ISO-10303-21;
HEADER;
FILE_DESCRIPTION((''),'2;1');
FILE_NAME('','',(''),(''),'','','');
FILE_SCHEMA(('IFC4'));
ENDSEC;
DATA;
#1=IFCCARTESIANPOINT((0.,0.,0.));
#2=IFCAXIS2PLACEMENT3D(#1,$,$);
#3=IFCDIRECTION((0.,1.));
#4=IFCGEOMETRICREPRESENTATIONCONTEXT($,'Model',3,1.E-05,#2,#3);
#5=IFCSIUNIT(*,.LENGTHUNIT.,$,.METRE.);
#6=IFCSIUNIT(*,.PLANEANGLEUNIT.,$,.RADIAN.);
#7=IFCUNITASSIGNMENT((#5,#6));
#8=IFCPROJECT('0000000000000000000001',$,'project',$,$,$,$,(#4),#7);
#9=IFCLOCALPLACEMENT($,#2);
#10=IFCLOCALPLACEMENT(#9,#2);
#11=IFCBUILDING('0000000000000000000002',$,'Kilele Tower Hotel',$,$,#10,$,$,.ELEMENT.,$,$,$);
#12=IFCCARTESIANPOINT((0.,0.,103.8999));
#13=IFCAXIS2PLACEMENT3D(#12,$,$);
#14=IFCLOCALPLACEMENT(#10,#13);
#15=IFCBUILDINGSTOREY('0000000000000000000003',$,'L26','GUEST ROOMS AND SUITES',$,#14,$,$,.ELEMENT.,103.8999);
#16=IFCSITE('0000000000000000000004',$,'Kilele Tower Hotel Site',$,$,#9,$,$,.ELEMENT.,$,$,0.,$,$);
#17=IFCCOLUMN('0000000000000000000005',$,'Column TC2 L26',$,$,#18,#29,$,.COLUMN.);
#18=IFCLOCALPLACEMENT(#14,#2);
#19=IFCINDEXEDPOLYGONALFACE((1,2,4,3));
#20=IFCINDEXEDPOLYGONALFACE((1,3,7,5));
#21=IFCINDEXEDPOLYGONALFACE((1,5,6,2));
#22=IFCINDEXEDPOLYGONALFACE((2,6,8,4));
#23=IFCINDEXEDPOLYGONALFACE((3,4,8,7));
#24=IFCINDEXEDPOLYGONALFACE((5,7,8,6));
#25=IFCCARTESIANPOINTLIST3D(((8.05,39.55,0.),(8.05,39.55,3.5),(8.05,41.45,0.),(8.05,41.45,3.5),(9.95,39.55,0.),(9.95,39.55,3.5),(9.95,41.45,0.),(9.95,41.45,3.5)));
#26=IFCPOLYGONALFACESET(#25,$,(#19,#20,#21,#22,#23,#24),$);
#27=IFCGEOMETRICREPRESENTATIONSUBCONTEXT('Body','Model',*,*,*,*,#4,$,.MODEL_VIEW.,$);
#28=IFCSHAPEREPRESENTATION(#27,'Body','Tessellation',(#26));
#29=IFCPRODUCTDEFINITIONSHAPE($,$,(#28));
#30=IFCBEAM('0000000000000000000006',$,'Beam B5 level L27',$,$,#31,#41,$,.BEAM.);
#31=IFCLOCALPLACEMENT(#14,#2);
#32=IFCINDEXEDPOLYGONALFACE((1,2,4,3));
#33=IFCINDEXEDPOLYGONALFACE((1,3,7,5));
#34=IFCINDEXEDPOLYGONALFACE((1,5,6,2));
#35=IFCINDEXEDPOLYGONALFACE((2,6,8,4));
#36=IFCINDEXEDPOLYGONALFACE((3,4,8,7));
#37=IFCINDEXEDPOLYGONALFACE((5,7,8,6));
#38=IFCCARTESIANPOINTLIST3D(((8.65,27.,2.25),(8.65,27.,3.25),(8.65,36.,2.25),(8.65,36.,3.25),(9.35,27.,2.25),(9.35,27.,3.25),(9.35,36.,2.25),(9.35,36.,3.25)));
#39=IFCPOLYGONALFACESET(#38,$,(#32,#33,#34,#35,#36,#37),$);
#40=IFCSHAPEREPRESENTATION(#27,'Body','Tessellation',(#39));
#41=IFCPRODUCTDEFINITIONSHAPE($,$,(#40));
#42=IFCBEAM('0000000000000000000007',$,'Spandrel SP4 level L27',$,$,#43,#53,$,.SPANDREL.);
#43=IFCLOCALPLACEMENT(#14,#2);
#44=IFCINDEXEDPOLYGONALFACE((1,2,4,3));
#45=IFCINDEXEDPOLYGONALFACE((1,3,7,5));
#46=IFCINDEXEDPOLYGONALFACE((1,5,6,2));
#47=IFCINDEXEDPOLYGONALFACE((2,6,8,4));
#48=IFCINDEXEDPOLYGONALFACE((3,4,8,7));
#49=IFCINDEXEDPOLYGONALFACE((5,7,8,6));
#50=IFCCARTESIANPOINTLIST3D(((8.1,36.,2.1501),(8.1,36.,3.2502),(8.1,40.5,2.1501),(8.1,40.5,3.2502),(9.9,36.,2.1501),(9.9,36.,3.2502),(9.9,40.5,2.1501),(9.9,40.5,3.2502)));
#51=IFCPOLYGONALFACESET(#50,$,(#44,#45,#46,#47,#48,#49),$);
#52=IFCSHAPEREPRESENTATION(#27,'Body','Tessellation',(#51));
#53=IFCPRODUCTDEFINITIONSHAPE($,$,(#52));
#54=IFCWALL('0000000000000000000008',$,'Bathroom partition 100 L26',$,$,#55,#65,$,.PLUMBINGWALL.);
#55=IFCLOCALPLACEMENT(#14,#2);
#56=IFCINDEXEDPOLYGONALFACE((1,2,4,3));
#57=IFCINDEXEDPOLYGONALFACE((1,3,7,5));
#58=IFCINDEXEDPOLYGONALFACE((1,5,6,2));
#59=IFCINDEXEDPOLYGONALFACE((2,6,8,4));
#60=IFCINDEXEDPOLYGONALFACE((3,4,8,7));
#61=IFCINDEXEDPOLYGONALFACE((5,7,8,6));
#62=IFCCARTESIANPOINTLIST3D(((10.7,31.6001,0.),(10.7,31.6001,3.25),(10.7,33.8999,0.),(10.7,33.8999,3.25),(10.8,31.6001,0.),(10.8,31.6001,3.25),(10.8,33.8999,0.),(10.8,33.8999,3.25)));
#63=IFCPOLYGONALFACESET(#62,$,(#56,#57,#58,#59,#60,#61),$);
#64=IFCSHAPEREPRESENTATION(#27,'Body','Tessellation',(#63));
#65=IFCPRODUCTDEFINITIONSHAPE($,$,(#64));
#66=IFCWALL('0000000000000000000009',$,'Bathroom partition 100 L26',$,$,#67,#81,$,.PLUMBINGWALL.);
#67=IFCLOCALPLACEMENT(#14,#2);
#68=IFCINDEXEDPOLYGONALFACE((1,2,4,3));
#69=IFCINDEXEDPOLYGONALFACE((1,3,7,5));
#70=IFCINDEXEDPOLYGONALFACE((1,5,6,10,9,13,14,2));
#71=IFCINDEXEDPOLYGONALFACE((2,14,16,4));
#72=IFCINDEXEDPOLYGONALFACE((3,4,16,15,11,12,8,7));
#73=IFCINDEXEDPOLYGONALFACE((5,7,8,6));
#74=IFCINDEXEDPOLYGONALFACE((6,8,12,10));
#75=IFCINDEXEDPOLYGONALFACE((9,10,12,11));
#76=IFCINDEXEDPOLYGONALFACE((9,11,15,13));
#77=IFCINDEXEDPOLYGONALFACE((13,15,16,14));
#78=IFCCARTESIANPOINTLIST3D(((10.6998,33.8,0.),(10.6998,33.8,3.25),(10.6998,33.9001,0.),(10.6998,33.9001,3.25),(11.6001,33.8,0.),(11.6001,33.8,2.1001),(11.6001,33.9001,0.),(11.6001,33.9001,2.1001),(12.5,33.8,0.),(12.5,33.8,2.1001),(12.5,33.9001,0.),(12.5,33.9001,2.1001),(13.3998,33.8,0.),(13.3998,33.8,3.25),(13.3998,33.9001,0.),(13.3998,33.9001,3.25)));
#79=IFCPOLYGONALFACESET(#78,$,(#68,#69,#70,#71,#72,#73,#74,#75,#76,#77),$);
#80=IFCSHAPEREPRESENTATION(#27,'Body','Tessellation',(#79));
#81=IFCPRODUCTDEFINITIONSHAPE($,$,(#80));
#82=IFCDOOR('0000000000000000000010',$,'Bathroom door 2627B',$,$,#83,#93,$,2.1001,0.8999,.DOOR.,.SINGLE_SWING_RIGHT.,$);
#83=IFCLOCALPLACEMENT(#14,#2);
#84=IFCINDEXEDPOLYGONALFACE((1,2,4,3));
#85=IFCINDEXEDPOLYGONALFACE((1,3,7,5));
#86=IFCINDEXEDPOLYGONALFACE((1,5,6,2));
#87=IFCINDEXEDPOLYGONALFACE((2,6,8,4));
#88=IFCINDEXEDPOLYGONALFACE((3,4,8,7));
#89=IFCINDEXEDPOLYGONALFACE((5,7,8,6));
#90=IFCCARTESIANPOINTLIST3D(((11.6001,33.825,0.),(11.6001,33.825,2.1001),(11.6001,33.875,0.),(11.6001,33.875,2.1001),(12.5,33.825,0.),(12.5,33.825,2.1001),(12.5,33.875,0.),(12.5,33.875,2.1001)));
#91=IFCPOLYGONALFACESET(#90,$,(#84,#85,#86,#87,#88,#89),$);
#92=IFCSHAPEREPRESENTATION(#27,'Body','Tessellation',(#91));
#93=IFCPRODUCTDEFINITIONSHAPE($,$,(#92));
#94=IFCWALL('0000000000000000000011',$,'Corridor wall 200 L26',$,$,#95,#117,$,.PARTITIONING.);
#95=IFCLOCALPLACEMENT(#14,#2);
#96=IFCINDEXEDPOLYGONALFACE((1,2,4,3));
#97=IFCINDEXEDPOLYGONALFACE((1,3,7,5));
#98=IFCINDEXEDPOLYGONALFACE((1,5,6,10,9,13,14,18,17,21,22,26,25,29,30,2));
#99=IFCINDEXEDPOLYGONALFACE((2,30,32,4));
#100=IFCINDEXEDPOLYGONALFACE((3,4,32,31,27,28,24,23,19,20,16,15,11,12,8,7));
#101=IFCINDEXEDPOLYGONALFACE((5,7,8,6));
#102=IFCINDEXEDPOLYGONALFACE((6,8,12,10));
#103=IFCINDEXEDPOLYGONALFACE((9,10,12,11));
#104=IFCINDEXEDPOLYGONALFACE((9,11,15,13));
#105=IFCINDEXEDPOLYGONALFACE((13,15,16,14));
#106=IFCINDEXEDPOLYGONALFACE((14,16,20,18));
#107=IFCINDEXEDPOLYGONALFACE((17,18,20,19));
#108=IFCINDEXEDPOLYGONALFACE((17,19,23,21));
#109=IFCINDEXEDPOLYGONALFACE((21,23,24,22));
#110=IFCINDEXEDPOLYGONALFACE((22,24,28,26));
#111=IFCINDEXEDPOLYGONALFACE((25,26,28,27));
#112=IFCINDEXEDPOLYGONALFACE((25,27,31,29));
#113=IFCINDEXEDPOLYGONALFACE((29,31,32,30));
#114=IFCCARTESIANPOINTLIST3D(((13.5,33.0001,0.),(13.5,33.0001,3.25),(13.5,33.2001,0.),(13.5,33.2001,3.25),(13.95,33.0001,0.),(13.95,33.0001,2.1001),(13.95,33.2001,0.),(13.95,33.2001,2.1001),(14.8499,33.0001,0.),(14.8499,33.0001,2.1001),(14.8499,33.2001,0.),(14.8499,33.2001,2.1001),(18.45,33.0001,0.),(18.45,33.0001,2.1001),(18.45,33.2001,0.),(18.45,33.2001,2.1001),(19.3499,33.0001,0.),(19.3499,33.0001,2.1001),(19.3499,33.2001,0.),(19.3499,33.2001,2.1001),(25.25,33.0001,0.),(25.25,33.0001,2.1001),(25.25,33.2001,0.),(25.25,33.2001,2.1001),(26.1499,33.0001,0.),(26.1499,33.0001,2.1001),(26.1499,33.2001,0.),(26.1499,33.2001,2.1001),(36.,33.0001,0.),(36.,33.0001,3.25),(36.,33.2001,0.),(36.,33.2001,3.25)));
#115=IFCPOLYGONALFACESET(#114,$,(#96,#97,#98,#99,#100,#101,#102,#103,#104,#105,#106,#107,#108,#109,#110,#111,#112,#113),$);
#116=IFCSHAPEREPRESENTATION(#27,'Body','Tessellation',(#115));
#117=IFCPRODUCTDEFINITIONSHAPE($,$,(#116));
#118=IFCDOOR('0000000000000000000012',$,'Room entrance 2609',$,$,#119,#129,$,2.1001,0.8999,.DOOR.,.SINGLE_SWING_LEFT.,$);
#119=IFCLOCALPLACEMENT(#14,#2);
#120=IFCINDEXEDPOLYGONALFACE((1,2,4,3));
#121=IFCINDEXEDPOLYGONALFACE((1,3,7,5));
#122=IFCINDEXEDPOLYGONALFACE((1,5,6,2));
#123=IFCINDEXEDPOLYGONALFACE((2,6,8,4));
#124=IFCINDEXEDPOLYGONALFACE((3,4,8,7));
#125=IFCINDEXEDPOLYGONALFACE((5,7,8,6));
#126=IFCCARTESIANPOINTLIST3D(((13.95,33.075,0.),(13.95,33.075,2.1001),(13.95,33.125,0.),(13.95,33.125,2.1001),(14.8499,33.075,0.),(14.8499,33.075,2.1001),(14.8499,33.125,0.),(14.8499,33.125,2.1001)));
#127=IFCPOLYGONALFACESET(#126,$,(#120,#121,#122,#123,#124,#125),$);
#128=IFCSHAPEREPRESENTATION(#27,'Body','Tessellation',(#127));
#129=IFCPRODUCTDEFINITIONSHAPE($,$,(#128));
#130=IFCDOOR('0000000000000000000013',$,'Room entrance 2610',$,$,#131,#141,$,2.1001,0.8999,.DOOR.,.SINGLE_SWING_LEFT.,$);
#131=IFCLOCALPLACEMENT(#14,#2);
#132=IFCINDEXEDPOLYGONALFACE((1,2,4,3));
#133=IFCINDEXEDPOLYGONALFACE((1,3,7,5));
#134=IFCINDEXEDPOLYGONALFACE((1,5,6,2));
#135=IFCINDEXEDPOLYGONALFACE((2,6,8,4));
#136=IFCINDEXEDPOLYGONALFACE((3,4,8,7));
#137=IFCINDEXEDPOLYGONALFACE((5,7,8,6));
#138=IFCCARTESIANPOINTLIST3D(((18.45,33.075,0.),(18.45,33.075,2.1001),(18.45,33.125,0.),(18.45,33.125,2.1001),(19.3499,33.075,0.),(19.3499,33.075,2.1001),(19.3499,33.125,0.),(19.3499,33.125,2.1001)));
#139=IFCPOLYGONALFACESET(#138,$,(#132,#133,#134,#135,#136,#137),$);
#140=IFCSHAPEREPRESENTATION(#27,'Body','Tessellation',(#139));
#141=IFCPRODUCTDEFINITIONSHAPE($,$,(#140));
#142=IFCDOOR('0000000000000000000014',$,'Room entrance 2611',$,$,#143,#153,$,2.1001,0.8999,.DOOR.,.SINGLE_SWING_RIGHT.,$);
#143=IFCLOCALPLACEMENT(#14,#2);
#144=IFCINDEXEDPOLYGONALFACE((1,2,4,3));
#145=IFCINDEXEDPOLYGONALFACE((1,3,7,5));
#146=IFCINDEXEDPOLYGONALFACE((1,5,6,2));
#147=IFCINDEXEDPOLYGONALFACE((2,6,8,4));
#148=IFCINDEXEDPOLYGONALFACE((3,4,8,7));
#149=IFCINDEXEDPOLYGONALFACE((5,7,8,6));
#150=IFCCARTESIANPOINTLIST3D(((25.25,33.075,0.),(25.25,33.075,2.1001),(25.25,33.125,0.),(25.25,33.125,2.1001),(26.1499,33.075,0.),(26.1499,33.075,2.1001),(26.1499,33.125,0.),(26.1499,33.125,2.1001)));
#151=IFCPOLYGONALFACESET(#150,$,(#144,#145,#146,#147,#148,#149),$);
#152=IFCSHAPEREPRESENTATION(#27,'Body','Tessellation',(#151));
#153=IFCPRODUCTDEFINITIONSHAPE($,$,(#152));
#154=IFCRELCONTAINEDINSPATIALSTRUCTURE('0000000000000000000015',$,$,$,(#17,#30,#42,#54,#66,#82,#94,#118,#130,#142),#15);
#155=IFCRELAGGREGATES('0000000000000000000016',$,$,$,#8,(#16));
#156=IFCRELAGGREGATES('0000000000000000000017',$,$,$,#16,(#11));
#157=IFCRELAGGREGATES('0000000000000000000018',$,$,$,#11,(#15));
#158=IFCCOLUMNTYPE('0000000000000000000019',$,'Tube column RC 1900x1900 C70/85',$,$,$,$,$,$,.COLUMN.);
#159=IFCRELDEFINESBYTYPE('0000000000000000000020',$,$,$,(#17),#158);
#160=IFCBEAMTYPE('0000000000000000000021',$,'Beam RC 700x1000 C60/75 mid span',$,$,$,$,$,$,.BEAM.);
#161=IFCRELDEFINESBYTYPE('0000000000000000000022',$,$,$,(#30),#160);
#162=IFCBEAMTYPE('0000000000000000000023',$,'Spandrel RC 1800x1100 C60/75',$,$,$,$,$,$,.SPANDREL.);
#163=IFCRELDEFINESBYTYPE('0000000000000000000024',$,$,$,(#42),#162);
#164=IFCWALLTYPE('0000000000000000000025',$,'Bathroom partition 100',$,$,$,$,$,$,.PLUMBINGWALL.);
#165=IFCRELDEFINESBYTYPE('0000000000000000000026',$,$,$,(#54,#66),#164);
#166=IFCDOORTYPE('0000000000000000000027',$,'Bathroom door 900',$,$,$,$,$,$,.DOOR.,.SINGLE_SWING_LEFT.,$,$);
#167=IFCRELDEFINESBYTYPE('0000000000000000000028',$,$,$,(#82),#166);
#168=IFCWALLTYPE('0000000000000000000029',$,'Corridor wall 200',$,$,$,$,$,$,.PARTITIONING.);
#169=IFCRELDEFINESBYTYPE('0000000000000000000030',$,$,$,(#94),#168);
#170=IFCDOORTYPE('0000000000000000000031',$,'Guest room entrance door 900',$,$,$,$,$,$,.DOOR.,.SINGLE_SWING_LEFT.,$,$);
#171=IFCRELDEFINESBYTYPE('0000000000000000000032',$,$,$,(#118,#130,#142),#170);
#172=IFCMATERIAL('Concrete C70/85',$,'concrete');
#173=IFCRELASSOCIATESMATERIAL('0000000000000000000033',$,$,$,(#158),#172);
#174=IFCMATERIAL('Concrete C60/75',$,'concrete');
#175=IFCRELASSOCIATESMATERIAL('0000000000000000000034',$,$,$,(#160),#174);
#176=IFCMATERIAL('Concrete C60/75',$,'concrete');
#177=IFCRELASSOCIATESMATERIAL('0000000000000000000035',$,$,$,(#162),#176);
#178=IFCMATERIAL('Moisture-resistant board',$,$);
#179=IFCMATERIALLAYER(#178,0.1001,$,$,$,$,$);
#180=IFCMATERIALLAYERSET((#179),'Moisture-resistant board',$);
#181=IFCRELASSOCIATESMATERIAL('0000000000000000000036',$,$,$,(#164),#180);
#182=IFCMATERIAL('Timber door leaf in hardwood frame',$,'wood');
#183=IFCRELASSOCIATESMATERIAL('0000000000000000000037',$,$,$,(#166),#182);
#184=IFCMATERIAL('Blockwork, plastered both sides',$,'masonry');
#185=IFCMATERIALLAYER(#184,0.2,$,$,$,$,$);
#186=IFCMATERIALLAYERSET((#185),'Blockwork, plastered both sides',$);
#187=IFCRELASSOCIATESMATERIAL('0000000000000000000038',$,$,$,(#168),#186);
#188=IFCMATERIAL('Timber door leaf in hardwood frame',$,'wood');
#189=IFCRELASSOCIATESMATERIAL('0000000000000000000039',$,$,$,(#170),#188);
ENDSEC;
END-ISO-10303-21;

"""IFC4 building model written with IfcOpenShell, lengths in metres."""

from ifc_helpers import new_model, si_unit, direction, frame, frame_2d, origin, origin_2d, place, context, subcontext, project, spatial, rectangle, extrude, material, layer, layer_set, material_profile, profile_set, type_object, element, fill, save


model = new_model("IFC4")

# Units and contexts
model_context = context("Model", 3, precision=1e-05, world=origin(), true_north=direction((0.0, 1.0)))
body_context = subcontext(model_context, "Body", "Model", "MODEL_VIEW")
ifc_project = project(units=[si_unit("LENGTHUNIT", "METRE"), si_unit("PLANEANGLEUNIT", "RADIAN")], contexts=[model_context])

# Site, building, storey
site_placement = place(None, origin())
site = spatial("IfcSite", under=ifc_project, at=site_placement, Name="Kilele Tower Hotel Site", CompositionType="ELEMENT", RefElevation=0.0)
building_placement = place(site_placement, origin())
building = spatial("IfcBuilding", under=site, at=building_placement, Name="Kilele Tower Hotel", CompositionType="ELEMENT")
storey_placement = place(building_placement, frame((0.0, 0.0, 103.8999)))
storey = spatial("IfcBuildingStorey", under=building, at=storey_placement, Name="L26", Description="GUEST ROOMS AND SUITES", CompositionType="ELEMENT", Elevation=103.8999)

# Column
ifc_material_1 = material(Name="Concrete C70/85", Category="concrete")
ifc_material_profile_1 = material_profile(ifc_material_1, rectangle(XDim=1.8999, YDim=1.8999, at=origin_2d()))
ifc_profile_set_1 = profile_set([ifc_material_profile_1], Name="Concrete C70/85")
column_type = type_object("IfcColumnType", Name="Tube column RC 1900x1900 C70/85", PredefinedType="COLUMN", material=ifc_profile_set_1)
column_placement = place(storey_placement, frame((9.0, 40.5, 0.0), z_axis=(0.0, 0.0, 1.0), x_axis=(1.0, 0.0, 0.0)))
element("IfcColumn", 1, at=column_placement, inside=storey, type_object=column_type, Name="Column TC2 L26", PredefinedType="COLUMN", context=body_context, shape_type="SweptSolid", body=[
    extrude(rectangle(XDim=1.8999, YDim=1.8999, at=origin_2d()), origin(), (0.0, 0.0, 1.0), 3.5),
])

# Beams
ifc_material_2 = material(Name="Concrete C60/75", Category="concrete")
ifc_material_profile_2 = material_profile(ifc_material_2, rectangle(XDim=0.7, YDim=1.0, at=origin_2d()))
ifc_profile_set_2 = profile_set([ifc_material_profile_2], Name="Concrete C60/75")
beam_type_1 = type_object("IfcBeamType", Name="Beam RC 700x1000 C60/75 mid span", PredefinedType="BEAM", material=ifc_profile_set_2)
beam_1_placement = place(storey_placement, frame((9.0, 36.0, 2.75), z_axis=(0.0, -1.0, 0.0), x_axis=(1.0, 0.0, 0.0)))
element("IfcBeam", 2, at=beam_1_placement, inside=storey, type_object=beam_type_1, Name="Beam B5 level L27", PredefinedType="BEAM", context=body_context, shape_type="SweptSolid", body=[
    extrude(rectangle(XDim=0.7, YDim=1.0, at=origin_2d()), origin(), (0.0, 0.0, 1.0), 9.0),
])
ifc_material_3 = material(Name="Concrete C60/75", Category="concrete")
ifc_material_profile_3 = material_profile(ifc_material_3, rectangle(XDim=1.8, YDim=1.1001, at=origin_2d()))
ifc_profile_set_3 = profile_set([ifc_material_profile_3], Name="Concrete C60/75")
beam_type_2 = type_object("IfcBeamType", Name="Spandrel RC 1800x1100 C60/75", PredefinedType="SPANDREL", material=ifc_profile_set_3)
beam_2_placement = place(storey_placement, frame((9.0, 40.5, 2.7002), z_axis=(0.0, -1.0, 0.0), x_axis=(1.0, 0.0, 0.0)))
element("IfcBeam", 3, at=beam_2_placement, inside=storey, type_object=beam_type_2, Name="Spandrel SP4 level L27", PredefinedType="SPANDREL", context=body_context, shape_type="SweptSolid", body=[
    extrude(rectangle(XDim=1.8, YDim=1.1001, at=origin_2d()), origin(), (0.0, 0.0, 1.0), 4.5),
])

# Wall
ifc_material_4 = material(Name="Moisture-resistant board")
ifc_layer_1 = layer(ifc_material_4, 0.1001)
ifc_layer_set_1 = layer_set([ifc_layer_1], Name="Moisture-resistant board")
wall_type_1 = type_object("IfcWallType", Name="Bathroom partition 100", PredefinedType="PLUMBINGWALL", material=ifc_layer_set_1)
wall_1_placement = place(storey_placement, frame((10.75, 31.6001, 0.0), z_axis=(0.0, 0.0, 1.0), x_axis=(0.0, 1.0, 0.0)))
element("IfcWall", 4, at=wall_1_placement, inside=storey, type_object=wall_type_1, Name="Bathroom partition 100 L26", PredefinedType="PLUMBINGWALL", context=body_context, shape_type="SweptSolid", body=[
    extrude(rectangle(XDim=2.2998, YDim=0.1001, at=frame_2d((1.1499, 0.0))), origin(), (0.0, 0.0, 1.0), 3.25),
])

# Wall, opening, door
wall_2_placement = place(storey_placement, frame((13.3999, 33.8501, 0.0), z_axis=(0.0, 0.0, 1.0), x_axis=(-1.0, 0.0, 0.0)))
wall_2 = element("IfcWall", 5, at=wall_2_placement, inside=storey, type_object=wall_type_1, Name="Bathroom partition 100 L26", PredefinedType="PLUMBINGWALL", context=body_context, shape_type="SweptSolid", body=[
    extrude(rectangle(XDim=2.7, YDim=0.1001, at=frame_2d((1.3501, 0.0))), origin(), (0.0, 0.0, 1.0), 3.25),
])
opening_1_placement = place(wall_2_placement, frame((1.7998, 0.0, 0.0), z_axis=(0.0, 0.0, 1.0), x_axis=(-1.0, 0.0, 0.0)))
opening_1 = element("IfcOpeningElement", 6, at=opening_1_placement, cuts=wall_2, PredefinedType="OPENING", context=body_context, shape_type="SweptSolid", body=[
    extrude(rectangle(XDim=0.8999, YDim=2.1001, at=frame_2d((0.45, 1.05))), frame((0.0, 0.0601, 0.0), z_axis=(0.0, -1.0, 0.0), x_axis=(1.0, 0.0, 0.0)), (0.0, 0.0, 1.0), 0.1201),
])
ifc_material_5 = material(Name="Timber door leaf in hardwood frame", Category="wood")
door_type_1 = type_object("IfcDoorType", Name="Bathroom door 900", OperationType="SINGLE_SWING_LEFT", PredefinedType="DOOR", material=ifc_material_5)
door_1_placement = place(opening_1_placement, origin())
door_1 = element("IfcDoor", 7, at=door_1_placement, inside=storey, type_object=door_type_1, Name="Bathroom door 2627B", OperationType="SINGLE_SWING_RIGHT", OverallHeight=2.1001, OverallWidth=0.8999, PredefinedType="DOOR", context=body_context, shape_type="SweptSolid", body=[
    extrude(rectangle(XDim=0.8999, YDim=2.1001, at=frame_2d((0.45, 1.05))), frame((0.0, 0.0249, 0.0), z_axis=(0.0, -1.0, 0.0), x_axis=(1.0, 0.0, 0.0)), (0.0, 0.0, 1.0), 0.05),
])
fill(opening_1, door_1)

# Wall, openings, doors
ifc_material_6 = material(Name="Blockwork, plastered both sides", Category="masonry")
ifc_layer_2 = layer(ifc_material_6, 0.2)
ifc_layer_set_2 = layer_set([ifc_layer_2], Name="Blockwork, plastered both sides")
wall_type_2 = type_object("IfcWallType", Name="Corridor wall 200", PredefinedType="PARTITIONING", material=ifc_layer_set_2)
wall_3_placement = place(storey_placement, frame((13.5, 33.1001, 0.0), z_axis=(0.0, 0.0, 1.0), x_axis=(1.0, 0.0, 0.0)))
wall_3 = element("IfcWall", 8, at=wall_3_placement, inside=storey, type_object=wall_type_2, Name="Corridor wall 200 L26", PredefinedType="PARTITIONING", context=body_context, shape_type="SweptSolid", body=[
    extrude(rectangle(XDim=22.5, YDim=0.2, at=frame_2d((11.25, 0.0))), origin(), (0.0, 0.0, 1.0), 3.25),
])
opening_2_placement = place(wall_3_placement, frame((0.45, 0.0, 0.0)))
opening_2 = element("IfcOpeningElement", 9, at=opening_2_placement, cuts=wall_3, PredefinedType="OPENING", context=body_context, shape_type="SweptSolid", body=[
    extrude(rectangle(XDim=0.8999, YDim=2.1001, at=frame_2d((0.45, 1.05))), frame((0.0, 0.1099, 0.0), z_axis=(0.0, -1.0, 0.0), x_axis=(1.0, 0.0, 0.0)), (0.0, 0.0, 1.0), 0.22),
])
opening_3_placement = place(wall_3_placement, frame((4.95, 0.0, 0.0)))
opening_3 = element("IfcOpeningElement", 10, at=opening_3_placement, cuts=wall_3, PredefinedType="OPENING", context=body_context, shape_type="SweptSolid", body=[
    extrude(rectangle(XDim=0.8999, YDim=2.1001, at=frame_2d((0.45, 1.05))), frame((0.0, 0.1099, 0.0), z_axis=(0.0, -1.0, 0.0), x_axis=(1.0, 0.0, 0.0)), (0.0, 0.0, 1.0), 0.22),
])
opening_4_placement = place(wall_3_placement, frame((11.75, 0.0, 0.0)))
opening_4 = element("IfcOpeningElement", 11, at=opening_4_placement, cuts=wall_3, PredefinedType="OPENING", context=body_context, shape_type="SweptSolid", body=[
    extrude(rectangle(XDim=0.8999, YDim=2.1001, at=frame_2d((0.45, 1.05))), frame((0.0, 0.1099, 0.0), z_axis=(0.0, -1.0, 0.0), x_axis=(1.0, 0.0, 0.0)), (0.0, 0.0, 1.0), 0.22),
])
ifc_material_7 = material(Name="Timber door leaf in hardwood frame", Category="wood")
door_type_2 = type_object("IfcDoorType", Name="Guest room entrance door 900", OperationType="SINGLE_SWING_LEFT", PredefinedType="DOOR", material=ifc_material_7)
door_2_placement = place(opening_2_placement, origin())
door_2 = element("IfcDoor", 12, at=door_2_placement, inside=storey, type_object=door_type_2, Name="Room entrance 2609", OperationType="SINGLE_SWING_LEFT", OverallHeight=2.1001, OverallWidth=0.8999, PredefinedType="DOOR", context=body_context, shape_type="SweptSolid", body=[
    extrude(rectangle(XDim=0.8999, YDim=2.1001, at=frame_2d((0.45, 1.05))), frame((0.0, 0.0249, 0.0), z_axis=(0.0, -1.0, 0.0), x_axis=(1.0, 0.0, 0.0)), (0.0, 0.0, 1.0), 0.05),
])
fill(opening_2, door_2)
door_3_placement = place(opening_3_placement, origin())
door_3 = element("IfcDoor", 13, at=door_3_placement, inside=storey, type_object=door_type_2, Name="Room entrance 2610", OperationType="SINGLE_SWING_LEFT", OverallHeight=2.1001, OverallWidth=0.8999, PredefinedType="DOOR", context=body_context, shape_type="SweptSolid", body=[
    extrude(rectangle(XDim=0.8999, YDim=2.1001, at=frame_2d((0.45, 1.05))), frame((0.0, 0.0249, 0.0), z_axis=(0.0, -1.0, 0.0), x_axis=(1.0, 0.0, 0.0)), (0.0, 0.0, 1.0), 0.05),
])
fill(opening_3, door_3)
door_4_placement = place(opening_4_placement, origin())
door_4 = element("IfcDoor", 14, at=door_4_placement, inside=storey, type_object=door_type_2, Name="Room entrance 2611", OperationType="SINGLE_SWING_RIGHT", OverallHeight=2.1001, OverallWidth=0.8999, PredefinedType="DOOR", context=body_context, shape_type="SweptSolid", body=[
    extrude(rectangle(XDim=0.8999, YDim=2.1001, at=frame_2d((0.45, 1.05))), frame((0.0, 0.0249, 0.0), z_axis=(0.0, -1.0, 0.0), x_axis=(1.0, 0.0, 0.0)), (0.0, 0.0, 1.0), 0.05),
])
fill(opening_4, door_4)

save(model, "model.ifc")
